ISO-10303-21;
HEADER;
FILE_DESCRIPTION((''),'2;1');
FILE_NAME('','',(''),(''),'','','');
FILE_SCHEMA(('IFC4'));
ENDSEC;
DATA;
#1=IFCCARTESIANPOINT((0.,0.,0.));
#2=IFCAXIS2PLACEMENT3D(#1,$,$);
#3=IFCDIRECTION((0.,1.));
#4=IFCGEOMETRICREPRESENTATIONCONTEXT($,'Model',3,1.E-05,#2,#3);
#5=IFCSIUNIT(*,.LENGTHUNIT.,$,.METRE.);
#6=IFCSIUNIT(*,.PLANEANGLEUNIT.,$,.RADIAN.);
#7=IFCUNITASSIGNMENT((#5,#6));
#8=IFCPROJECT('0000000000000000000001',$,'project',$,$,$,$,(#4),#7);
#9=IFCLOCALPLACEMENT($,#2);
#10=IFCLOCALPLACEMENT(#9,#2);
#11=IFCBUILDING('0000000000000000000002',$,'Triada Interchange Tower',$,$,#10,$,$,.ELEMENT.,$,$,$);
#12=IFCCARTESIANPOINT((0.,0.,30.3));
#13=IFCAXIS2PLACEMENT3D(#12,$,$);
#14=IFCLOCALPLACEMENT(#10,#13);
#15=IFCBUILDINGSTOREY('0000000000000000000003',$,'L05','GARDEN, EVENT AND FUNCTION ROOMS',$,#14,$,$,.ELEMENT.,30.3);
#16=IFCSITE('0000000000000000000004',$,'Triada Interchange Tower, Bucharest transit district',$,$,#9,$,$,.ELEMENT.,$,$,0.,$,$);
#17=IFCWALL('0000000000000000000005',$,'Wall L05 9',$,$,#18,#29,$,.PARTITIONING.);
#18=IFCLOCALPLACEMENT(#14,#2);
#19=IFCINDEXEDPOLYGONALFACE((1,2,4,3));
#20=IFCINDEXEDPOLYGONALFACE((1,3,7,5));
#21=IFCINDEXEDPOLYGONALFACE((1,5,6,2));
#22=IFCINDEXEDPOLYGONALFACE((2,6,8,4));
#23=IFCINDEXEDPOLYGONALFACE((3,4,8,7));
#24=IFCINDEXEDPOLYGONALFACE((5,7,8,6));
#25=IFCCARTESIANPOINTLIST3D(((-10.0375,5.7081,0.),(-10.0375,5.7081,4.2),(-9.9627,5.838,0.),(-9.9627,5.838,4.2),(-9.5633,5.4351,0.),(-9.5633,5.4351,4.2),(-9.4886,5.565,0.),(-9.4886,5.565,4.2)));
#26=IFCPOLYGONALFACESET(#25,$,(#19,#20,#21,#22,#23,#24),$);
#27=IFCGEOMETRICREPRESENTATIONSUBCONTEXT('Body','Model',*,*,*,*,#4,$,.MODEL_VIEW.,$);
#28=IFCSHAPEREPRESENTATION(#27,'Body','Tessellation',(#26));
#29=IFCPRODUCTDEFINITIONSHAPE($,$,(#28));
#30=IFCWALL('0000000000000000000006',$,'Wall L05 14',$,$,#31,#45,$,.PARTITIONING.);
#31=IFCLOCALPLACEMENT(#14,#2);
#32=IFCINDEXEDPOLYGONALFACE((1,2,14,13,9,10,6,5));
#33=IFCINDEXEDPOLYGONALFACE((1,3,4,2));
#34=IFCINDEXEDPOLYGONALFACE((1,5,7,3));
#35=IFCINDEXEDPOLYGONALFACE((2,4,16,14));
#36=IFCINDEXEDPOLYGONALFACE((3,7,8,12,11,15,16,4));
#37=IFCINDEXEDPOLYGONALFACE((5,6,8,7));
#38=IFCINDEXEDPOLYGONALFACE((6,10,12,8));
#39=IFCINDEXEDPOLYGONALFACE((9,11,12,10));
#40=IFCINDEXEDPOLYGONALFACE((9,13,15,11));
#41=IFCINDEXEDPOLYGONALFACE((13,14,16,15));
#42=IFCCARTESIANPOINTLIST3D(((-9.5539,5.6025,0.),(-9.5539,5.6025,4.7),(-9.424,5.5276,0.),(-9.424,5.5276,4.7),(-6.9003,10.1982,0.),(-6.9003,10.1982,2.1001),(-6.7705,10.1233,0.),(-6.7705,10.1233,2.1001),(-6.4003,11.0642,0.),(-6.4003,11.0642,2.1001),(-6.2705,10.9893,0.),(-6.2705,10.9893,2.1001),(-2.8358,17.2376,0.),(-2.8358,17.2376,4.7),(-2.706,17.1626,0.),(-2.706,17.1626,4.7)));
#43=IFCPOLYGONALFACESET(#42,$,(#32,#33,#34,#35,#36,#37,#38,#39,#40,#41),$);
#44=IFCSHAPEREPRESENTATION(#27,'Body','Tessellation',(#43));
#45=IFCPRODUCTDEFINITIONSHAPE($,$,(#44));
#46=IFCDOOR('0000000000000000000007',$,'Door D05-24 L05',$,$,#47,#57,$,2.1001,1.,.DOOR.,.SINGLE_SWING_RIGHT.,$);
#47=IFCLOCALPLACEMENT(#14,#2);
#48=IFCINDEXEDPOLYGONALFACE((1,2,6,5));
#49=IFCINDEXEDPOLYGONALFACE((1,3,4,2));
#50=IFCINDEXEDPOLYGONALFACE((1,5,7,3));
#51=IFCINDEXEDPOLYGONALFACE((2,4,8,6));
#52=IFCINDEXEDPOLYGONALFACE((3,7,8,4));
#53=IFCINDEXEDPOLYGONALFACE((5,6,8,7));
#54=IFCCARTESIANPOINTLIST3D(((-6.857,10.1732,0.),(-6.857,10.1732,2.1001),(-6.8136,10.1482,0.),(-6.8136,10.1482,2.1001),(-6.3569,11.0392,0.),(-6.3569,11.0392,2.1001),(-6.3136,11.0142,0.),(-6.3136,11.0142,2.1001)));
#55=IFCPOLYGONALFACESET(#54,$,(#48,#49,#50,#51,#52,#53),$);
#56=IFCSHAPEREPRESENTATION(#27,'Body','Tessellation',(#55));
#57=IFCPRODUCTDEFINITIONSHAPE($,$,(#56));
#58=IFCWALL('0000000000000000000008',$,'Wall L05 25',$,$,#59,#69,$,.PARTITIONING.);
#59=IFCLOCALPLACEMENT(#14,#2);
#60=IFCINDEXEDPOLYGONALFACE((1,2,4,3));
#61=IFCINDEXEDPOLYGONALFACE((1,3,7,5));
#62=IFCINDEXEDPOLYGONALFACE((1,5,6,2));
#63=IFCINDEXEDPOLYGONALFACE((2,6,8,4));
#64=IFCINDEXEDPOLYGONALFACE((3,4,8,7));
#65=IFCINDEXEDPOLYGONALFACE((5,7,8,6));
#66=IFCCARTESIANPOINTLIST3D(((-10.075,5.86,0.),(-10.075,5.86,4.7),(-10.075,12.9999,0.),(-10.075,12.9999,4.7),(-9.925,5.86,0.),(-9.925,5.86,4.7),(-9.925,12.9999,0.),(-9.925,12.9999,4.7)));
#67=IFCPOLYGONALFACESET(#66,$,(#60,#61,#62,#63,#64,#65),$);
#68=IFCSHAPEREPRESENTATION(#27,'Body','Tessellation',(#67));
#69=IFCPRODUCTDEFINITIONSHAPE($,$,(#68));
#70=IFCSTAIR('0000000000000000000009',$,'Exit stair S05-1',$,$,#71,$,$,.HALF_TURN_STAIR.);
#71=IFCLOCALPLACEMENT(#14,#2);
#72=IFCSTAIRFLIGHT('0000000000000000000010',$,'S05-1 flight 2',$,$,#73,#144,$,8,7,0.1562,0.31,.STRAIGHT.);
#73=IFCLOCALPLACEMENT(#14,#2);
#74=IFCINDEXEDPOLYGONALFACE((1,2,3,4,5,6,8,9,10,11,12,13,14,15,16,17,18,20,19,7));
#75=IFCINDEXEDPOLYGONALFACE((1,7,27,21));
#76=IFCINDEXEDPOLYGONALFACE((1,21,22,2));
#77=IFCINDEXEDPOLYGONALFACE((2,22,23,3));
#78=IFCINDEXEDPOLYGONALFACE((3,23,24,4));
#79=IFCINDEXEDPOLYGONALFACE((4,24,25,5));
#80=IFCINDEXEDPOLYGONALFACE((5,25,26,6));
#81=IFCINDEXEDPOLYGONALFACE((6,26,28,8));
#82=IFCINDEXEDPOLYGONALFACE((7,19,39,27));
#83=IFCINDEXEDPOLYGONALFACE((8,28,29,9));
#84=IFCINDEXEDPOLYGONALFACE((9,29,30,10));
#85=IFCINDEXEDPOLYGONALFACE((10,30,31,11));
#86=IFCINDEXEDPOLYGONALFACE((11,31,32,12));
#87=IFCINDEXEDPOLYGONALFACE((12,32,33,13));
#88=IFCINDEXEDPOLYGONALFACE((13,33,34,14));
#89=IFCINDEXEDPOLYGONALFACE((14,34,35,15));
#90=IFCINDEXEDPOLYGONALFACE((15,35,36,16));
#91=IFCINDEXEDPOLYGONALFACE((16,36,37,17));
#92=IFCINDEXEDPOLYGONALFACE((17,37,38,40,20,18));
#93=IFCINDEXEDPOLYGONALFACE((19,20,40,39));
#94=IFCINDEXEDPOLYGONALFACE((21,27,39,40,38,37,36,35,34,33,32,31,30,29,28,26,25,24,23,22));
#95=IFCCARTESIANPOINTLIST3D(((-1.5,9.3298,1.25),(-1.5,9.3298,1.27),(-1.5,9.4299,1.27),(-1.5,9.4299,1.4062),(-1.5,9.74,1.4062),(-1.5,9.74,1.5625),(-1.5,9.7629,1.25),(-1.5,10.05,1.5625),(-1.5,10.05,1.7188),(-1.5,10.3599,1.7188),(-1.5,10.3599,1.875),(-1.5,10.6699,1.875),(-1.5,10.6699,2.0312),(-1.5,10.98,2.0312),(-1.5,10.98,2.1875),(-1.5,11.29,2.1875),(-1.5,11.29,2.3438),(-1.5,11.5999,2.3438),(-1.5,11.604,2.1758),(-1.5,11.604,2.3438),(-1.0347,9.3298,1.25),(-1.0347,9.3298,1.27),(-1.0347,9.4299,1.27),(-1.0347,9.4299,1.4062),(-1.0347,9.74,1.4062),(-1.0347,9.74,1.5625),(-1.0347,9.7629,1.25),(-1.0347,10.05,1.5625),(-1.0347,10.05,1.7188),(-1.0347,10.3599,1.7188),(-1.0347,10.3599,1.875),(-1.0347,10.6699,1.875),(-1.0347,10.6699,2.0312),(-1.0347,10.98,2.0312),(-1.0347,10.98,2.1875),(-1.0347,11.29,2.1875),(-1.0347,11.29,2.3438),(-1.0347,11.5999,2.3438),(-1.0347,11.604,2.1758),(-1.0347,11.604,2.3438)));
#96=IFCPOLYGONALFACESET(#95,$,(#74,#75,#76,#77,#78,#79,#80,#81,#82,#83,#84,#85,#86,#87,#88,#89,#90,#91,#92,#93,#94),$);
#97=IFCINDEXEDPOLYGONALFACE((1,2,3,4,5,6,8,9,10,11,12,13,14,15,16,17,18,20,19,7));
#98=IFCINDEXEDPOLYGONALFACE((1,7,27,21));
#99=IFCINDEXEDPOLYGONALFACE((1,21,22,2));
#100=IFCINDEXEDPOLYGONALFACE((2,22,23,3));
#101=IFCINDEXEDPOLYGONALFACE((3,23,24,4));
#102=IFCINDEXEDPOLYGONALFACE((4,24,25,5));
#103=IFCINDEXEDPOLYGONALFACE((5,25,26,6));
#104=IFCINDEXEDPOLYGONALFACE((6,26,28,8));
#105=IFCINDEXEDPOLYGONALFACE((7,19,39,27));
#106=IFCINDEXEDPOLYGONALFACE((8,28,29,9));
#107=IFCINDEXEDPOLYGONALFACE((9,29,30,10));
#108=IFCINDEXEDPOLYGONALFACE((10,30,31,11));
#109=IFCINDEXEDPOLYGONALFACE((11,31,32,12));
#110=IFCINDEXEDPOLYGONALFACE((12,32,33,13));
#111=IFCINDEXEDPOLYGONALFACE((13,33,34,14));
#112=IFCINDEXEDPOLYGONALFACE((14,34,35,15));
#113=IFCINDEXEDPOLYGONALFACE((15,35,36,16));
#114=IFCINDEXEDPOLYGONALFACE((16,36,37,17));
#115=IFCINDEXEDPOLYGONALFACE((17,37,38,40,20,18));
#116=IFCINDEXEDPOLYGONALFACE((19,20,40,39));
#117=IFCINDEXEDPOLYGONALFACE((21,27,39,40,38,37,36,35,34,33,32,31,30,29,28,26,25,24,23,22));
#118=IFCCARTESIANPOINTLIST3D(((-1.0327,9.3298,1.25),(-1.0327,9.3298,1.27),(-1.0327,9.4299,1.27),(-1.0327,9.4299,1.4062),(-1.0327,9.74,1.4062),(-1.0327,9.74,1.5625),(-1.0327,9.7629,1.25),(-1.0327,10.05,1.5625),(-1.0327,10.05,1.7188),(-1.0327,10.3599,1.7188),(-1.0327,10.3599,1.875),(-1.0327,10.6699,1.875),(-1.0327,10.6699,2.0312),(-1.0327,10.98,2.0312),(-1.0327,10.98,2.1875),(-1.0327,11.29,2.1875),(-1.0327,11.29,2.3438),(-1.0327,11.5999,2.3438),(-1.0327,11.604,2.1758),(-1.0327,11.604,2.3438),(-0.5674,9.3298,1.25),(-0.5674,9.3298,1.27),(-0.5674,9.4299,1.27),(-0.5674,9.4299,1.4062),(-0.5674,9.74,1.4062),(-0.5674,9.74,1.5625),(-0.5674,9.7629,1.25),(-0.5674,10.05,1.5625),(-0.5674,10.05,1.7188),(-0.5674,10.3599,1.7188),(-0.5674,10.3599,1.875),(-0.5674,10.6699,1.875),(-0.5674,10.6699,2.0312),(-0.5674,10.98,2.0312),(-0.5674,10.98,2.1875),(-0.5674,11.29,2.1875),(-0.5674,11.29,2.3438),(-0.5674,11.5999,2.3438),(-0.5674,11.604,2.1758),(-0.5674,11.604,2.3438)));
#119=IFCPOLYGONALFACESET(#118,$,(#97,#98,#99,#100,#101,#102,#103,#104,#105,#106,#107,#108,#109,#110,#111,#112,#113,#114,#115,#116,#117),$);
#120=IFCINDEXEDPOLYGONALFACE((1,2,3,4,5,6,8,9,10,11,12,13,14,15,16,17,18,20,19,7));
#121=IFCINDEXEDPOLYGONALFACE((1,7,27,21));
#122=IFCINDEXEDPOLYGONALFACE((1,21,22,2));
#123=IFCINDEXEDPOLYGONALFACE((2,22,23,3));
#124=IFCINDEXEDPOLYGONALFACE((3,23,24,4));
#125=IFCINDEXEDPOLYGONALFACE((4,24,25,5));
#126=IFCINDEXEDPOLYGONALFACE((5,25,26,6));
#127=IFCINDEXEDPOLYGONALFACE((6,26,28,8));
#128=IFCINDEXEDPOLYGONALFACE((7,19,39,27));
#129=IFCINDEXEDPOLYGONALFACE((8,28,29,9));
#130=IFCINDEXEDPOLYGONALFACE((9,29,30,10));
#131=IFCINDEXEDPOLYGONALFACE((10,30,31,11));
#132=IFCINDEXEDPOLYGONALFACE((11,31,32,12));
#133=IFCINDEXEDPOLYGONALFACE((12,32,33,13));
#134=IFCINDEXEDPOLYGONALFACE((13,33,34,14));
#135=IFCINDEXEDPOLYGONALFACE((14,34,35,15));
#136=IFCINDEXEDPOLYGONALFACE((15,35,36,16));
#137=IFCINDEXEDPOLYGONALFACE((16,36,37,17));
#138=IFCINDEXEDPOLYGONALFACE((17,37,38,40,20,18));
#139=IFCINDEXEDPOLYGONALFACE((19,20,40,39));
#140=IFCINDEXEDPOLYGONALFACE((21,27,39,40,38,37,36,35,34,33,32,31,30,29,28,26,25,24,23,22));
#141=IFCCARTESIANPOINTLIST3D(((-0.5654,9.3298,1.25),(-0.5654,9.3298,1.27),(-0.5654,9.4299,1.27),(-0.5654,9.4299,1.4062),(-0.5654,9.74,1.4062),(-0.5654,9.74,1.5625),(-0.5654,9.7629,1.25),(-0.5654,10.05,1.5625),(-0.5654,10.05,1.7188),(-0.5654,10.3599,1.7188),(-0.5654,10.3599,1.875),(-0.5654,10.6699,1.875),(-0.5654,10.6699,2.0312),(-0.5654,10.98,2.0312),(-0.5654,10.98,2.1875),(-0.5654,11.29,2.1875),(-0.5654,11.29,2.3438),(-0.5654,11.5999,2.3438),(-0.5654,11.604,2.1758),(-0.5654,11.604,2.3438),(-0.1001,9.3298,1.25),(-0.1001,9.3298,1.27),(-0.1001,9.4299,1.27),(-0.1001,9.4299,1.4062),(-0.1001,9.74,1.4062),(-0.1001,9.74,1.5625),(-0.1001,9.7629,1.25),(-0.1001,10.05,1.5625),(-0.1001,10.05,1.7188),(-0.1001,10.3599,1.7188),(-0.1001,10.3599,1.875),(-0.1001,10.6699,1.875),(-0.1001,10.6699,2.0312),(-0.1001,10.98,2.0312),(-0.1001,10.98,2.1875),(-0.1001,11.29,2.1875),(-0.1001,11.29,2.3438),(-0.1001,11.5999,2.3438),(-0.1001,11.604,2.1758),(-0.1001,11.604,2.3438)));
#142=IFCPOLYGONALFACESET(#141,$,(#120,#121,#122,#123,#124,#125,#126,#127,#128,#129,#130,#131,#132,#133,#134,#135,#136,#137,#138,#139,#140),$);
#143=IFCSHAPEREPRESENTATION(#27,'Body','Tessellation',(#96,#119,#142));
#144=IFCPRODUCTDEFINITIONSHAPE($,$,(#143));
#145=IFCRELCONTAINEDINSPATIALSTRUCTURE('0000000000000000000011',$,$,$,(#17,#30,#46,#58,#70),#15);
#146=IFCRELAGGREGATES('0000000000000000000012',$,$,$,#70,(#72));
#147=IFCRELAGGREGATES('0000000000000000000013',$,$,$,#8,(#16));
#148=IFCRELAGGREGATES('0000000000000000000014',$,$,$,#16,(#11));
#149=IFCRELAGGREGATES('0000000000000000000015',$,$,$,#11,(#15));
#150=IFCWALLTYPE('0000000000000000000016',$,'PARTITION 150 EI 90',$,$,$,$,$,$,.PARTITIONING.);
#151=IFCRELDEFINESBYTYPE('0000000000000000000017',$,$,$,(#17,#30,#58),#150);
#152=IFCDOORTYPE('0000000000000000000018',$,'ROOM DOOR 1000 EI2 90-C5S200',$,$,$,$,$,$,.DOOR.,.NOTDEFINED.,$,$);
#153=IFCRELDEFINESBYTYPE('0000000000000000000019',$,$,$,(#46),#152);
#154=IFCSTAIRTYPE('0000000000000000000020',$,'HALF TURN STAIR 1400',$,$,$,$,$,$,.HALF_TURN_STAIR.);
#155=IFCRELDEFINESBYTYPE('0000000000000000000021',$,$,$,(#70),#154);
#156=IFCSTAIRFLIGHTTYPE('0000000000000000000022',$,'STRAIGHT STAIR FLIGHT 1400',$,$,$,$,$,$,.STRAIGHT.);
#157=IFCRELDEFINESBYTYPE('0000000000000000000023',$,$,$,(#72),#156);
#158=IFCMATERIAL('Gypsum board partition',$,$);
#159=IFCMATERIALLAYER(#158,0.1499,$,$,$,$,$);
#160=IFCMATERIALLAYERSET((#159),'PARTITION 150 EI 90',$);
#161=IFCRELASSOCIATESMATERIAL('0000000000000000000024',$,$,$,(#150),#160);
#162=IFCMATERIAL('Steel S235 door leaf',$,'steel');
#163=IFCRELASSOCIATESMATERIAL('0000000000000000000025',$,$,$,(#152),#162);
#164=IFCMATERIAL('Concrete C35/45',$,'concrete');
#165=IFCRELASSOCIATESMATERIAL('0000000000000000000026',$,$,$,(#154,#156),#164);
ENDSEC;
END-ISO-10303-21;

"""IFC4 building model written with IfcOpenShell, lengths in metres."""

from ifc_helpers import new_model, si_unit, direction, frame, frame_2d, origin, place, context, subcontext, project, spatial, polyline, rectangle, outline, extrude, material, layer, layer_set, type_object, element, fill, aggregate, save


model = new_model("IFC4")

# Units and contexts
model_context = context("Model", 3, precision=1e-05, world=origin(), true_north=direction((0.0, 1.0)))
body_context = subcontext(model_context, "Body", "Model", "MODEL_VIEW")
ifc_project = project(units=[si_unit("LENGTHUNIT", "METRE"), si_unit("PLANEANGLEUNIT", "RADIAN")], contexts=[model_context])

# Site, building, storey
site_placement = place(None, origin())
site = spatial("IfcSite", under=ifc_project, at=site_placement, Name="Triada Interchange Tower, Bucharest transit district", CompositionType="ELEMENT", RefElevation=0.0)
building_placement = place(site_placement, origin())
building = spatial("IfcBuilding", under=site, at=building_placement, Name="Triada Interchange Tower", CompositionType="ELEMENT")
storey_placement = place(building_placement, frame((0.0, 0.0, 30.3)))
storey = spatial("IfcBuildingStorey", under=building, at=storey_placement, Name="L05", Description="GARDEN, EVENT AND FUNCTION ROOMS", CompositionType="ELEMENT", Elevation=30.3)

# Shared definitions
ifc_material_1 = material(Name="Steel S235 door leaf", Category="steel")

# Wall
ifc_material_2 = material(Name="Gypsum board partition")
ifc_layer_1 = layer(ifc_material_2, 0.1499)
ifc_layer_set_1 = layer_set([ifc_layer_1], Name="PARTITION 150 EI 90")
wall_type_1 = type_object("IfcWallType", Name="PARTITION 150 EI 90", PredefinedType="PARTITIONING", material=ifc_layer_set_1)
wall_1_placement = place(storey_placement, frame((-10.0, 5.7729, 0.0), z_axis=(0.0, 0.0, 1.0), x_axis=(0.866646, -0.498924, 0.0)))
element("IfcWall", 1, at=wall_1_placement, inside=storey, type_object=wall_type_1, Name="Wall L05 9", PredefinedType="PARTITIONING", context=body_context, shape_type="SweptSolid", body=[
    extrude(rectangle(XDim=0.5471, YDim=0.1499, at=frame_2d((0.2734, 0.0))), origin(), (0.0, 0.0, 1.0), 4.2),
])

# Wall, opening, door
wall_2_placement = place(storey_placement, frame((-9.489, 5.5649, 0.0), z_axis=(0.0, 0.0, 1.0), x_axis=(0.50003, 0.866008, 0.0)))
wall_2 = element("IfcWall", 2, at=wall_2_placement, inside=storey, type_object=wall_type_1, Name="Wall L05 14", PredefinedType="PARTITIONING", context=body_context, shape_type="SweptSolid", body=[
    extrude(rectangle(XDim=13.4353, YDim=0.1499, at=frame_2d((6.7178, 0.0))), origin(), (0.0, 0.0, 1.0), 4.7),
])
opening_1_placement = place(wall_2_placement, frame((5.3069, 0.0, 0.0)))
opening_1 = element("IfcOpeningElement", 3, at=opening_1_placement, cuts=wall_2, PredefinedType="OPENING", context=body_context, shape_type="SweptSolid", body=[
    extrude(rectangle(XDim=1.0, YDim=2.1001, at=frame_2d((0.5, 1.05))), frame((0.0, 0.085, 0.0), z_axis=(0.0, -1.0, 0.0), x_axis=(1.0, 0.0, 0.0)), (0.0, 0.0, 1.0), 0.1699),
])
door_type_1 = type_object("IfcDoorType", Name="ROOM DOOR 1000 EI2 90-C5S200", OperationType="NOTDEFINED", PredefinedType="DOOR", material=ifc_material_1)
door_1_placement = place(opening_1_placement, origin())
door_1 = element("IfcDoor", 4, at=door_1_placement, inside=storey, type_object=door_type_1, Name="Door D05-24 L05", OperationType="SINGLE_SWING_RIGHT", OverallHeight=2.1001, OverallWidth=1.0, PredefinedType="DOOR", context=body_context, shape_type="SweptSolid", body=[
    extrude(rectangle(XDim=1.0, YDim=2.1001, at=frame_2d((0.5, 1.05))), frame((0.0, 0.0249, 0.0), z_axis=(0.0, -1.0, 0.0), x_axis=(1.0, 0.0, 0.0)), (0.0, 0.0, 1.0), 0.05),
])
fill(opening_1, door_1)

# Wall
wall_3_placement = place(storey_placement, frame((-10.0, 5.8601, 0.0), z_axis=(0.0, 0.0, 1.0), x_axis=(0.0, 1.0, 0.0)))
element("IfcWall", 5, at=wall_3_placement, inside=storey, type_object=wall_type_1, Name="Wall L05 25", PredefinedType="PARTITIONING", context=body_context, shape_type="SweptSolid", body=[
    extrude(rectangle(XDim=7.1399, YDim=0.1499, at=frame_2d((3.5698, 0.0))), origin(), (0.0, 0.0, 1.0), 4.7),
])

# Stair, stair flight
ifc_material_3 = material(Name="Concrete C35/45", Category="concrete")
stair_type = type_object("IfcStairType", Name="HALF TURN STAIR 1400", PredefinedType="HALF_TURN_STAIR", material=ifc_material_3)
stair_placement = place(storey_placement, origin())
stair = element("IfcStair", 6, at=stair_placement, inside=storey, type_object=stair_type, Name="Exit stair S05-1", PredefinedType="HALF_TURN_STAIR")
stair_flight_type = type_object("IfcStairFlightType", Name="STRAIGHT STAIR FLIGHT 1400", PredefinedType="STRAIGHT", material=ifc_material_3)
stair_flight_1_placement = place(storey_placement, frame((-0.8, 9.4299, 1.25), z_axis=(0.0, 0.0, 1.0), x_axis=(0.0, 1.0, 0.0)))
stair_flight_1 = element("IfcStairFlight", 7, at=stair_flight_1_placement, type_object=stair_flight_type, Name="S05-1 flight 2", NumberOfRisers=8, NumberOfTreads=7, PredefinedType="STRAIGHT", RiserHeight=0.1562, TreadLength=0.31, context=body_context, shape_type="SweptSolid", body=[
    extrude(outline(polyline([(-0.1001, 0.0), (-0.1001, 0.02), (0.0, 0.02), (0.0, 0.1562), (0.3101, 0.1562), (0.3101, 0.3125), (0.6201, 0.3125), (0.6201, 0.4688), (0.9299, 0.4688), (0.9299, 0.625), (1.24, 0.625), (1.24, 0.7812), (1.55, 0.7812), (1.55, 0.9375), (1.8601, 0.9375), (1.8601, 1.0938), (2.1699, 1.0938), (2.1741, 1.0938), (2.1741, 1.25), (2.1741, 0.9258), (0.333, 0.0), (-0.1001, 0.0)])), frame((0.0, 0.7, 0.0), z_axis=(0.0, -1.0, 0.0), x_axis=(1.0, 0.0, 0.0)), (0.0, 0.0, 1.0), 0.4653),
    extrude(outline(polyline([(-0.1001, 0.0), (-0.1001, 0.02), (0.0, 0.02), (0.0, 0.1562), (0.3101, 0.1562), (0.3101, 0.3125), (0.6201, 0.3125), (0.6201, 0.4688), (0.9299, 0.4688), (0.9299, 0.625), (1.24, 0.625), (1.24, 0.7812), (1.55, 0.7812), (1.55, 0.9375), (1.8601, 0.9375), (1.8601, 1.0938), (2.1699, 1.0938), (2.1741, 1.0938), (2.1741, 1.25), (2.1741, 0.9258), (0.333, 0.0), (-0.1001, 0.0)])), frame((0.0, 0.2327, 0.0), z_axis=(0.0, -1.0, 0.0), x_axis=(1.0, 0.0, 0.0)), (0.0, 0.0, 1.0), 0.4653),
    extrude(outline(polyline([(-0.1001, 0.0), (-0.1001, 0.02), (0.0, 0.02), (0.0, 0.1562), (0.3101, 0.1562), (0.3101, 0.3125), (0.6201, 0.3125), (0.6201, 0.4688), (0.9299, 0.4688), (0.9299, 0.625), (1.24, 0.625), (1.24, 0.7812), (1.55, 0.7812), (1.55, 0.9375), (1.8601, 0.9375), (1.8601, 1.0938), (2.1699, 1.0938), (2.1741, 1.0938), (2.1741, 1.25), (2.1741, 0.9258), (0.333, 0.0), (-0.1001, 0.0)])), frame((0.0, -0.2346, 0.0), z_axis=(0.0, -1.0, 0.0), x_axis=(1.0, 0.0, 0.0)), (0.0, 0.0, 1.0), 0.4653),
])
aggregate(stair, [stair_flight_1])

save(model, "model.ifc")
